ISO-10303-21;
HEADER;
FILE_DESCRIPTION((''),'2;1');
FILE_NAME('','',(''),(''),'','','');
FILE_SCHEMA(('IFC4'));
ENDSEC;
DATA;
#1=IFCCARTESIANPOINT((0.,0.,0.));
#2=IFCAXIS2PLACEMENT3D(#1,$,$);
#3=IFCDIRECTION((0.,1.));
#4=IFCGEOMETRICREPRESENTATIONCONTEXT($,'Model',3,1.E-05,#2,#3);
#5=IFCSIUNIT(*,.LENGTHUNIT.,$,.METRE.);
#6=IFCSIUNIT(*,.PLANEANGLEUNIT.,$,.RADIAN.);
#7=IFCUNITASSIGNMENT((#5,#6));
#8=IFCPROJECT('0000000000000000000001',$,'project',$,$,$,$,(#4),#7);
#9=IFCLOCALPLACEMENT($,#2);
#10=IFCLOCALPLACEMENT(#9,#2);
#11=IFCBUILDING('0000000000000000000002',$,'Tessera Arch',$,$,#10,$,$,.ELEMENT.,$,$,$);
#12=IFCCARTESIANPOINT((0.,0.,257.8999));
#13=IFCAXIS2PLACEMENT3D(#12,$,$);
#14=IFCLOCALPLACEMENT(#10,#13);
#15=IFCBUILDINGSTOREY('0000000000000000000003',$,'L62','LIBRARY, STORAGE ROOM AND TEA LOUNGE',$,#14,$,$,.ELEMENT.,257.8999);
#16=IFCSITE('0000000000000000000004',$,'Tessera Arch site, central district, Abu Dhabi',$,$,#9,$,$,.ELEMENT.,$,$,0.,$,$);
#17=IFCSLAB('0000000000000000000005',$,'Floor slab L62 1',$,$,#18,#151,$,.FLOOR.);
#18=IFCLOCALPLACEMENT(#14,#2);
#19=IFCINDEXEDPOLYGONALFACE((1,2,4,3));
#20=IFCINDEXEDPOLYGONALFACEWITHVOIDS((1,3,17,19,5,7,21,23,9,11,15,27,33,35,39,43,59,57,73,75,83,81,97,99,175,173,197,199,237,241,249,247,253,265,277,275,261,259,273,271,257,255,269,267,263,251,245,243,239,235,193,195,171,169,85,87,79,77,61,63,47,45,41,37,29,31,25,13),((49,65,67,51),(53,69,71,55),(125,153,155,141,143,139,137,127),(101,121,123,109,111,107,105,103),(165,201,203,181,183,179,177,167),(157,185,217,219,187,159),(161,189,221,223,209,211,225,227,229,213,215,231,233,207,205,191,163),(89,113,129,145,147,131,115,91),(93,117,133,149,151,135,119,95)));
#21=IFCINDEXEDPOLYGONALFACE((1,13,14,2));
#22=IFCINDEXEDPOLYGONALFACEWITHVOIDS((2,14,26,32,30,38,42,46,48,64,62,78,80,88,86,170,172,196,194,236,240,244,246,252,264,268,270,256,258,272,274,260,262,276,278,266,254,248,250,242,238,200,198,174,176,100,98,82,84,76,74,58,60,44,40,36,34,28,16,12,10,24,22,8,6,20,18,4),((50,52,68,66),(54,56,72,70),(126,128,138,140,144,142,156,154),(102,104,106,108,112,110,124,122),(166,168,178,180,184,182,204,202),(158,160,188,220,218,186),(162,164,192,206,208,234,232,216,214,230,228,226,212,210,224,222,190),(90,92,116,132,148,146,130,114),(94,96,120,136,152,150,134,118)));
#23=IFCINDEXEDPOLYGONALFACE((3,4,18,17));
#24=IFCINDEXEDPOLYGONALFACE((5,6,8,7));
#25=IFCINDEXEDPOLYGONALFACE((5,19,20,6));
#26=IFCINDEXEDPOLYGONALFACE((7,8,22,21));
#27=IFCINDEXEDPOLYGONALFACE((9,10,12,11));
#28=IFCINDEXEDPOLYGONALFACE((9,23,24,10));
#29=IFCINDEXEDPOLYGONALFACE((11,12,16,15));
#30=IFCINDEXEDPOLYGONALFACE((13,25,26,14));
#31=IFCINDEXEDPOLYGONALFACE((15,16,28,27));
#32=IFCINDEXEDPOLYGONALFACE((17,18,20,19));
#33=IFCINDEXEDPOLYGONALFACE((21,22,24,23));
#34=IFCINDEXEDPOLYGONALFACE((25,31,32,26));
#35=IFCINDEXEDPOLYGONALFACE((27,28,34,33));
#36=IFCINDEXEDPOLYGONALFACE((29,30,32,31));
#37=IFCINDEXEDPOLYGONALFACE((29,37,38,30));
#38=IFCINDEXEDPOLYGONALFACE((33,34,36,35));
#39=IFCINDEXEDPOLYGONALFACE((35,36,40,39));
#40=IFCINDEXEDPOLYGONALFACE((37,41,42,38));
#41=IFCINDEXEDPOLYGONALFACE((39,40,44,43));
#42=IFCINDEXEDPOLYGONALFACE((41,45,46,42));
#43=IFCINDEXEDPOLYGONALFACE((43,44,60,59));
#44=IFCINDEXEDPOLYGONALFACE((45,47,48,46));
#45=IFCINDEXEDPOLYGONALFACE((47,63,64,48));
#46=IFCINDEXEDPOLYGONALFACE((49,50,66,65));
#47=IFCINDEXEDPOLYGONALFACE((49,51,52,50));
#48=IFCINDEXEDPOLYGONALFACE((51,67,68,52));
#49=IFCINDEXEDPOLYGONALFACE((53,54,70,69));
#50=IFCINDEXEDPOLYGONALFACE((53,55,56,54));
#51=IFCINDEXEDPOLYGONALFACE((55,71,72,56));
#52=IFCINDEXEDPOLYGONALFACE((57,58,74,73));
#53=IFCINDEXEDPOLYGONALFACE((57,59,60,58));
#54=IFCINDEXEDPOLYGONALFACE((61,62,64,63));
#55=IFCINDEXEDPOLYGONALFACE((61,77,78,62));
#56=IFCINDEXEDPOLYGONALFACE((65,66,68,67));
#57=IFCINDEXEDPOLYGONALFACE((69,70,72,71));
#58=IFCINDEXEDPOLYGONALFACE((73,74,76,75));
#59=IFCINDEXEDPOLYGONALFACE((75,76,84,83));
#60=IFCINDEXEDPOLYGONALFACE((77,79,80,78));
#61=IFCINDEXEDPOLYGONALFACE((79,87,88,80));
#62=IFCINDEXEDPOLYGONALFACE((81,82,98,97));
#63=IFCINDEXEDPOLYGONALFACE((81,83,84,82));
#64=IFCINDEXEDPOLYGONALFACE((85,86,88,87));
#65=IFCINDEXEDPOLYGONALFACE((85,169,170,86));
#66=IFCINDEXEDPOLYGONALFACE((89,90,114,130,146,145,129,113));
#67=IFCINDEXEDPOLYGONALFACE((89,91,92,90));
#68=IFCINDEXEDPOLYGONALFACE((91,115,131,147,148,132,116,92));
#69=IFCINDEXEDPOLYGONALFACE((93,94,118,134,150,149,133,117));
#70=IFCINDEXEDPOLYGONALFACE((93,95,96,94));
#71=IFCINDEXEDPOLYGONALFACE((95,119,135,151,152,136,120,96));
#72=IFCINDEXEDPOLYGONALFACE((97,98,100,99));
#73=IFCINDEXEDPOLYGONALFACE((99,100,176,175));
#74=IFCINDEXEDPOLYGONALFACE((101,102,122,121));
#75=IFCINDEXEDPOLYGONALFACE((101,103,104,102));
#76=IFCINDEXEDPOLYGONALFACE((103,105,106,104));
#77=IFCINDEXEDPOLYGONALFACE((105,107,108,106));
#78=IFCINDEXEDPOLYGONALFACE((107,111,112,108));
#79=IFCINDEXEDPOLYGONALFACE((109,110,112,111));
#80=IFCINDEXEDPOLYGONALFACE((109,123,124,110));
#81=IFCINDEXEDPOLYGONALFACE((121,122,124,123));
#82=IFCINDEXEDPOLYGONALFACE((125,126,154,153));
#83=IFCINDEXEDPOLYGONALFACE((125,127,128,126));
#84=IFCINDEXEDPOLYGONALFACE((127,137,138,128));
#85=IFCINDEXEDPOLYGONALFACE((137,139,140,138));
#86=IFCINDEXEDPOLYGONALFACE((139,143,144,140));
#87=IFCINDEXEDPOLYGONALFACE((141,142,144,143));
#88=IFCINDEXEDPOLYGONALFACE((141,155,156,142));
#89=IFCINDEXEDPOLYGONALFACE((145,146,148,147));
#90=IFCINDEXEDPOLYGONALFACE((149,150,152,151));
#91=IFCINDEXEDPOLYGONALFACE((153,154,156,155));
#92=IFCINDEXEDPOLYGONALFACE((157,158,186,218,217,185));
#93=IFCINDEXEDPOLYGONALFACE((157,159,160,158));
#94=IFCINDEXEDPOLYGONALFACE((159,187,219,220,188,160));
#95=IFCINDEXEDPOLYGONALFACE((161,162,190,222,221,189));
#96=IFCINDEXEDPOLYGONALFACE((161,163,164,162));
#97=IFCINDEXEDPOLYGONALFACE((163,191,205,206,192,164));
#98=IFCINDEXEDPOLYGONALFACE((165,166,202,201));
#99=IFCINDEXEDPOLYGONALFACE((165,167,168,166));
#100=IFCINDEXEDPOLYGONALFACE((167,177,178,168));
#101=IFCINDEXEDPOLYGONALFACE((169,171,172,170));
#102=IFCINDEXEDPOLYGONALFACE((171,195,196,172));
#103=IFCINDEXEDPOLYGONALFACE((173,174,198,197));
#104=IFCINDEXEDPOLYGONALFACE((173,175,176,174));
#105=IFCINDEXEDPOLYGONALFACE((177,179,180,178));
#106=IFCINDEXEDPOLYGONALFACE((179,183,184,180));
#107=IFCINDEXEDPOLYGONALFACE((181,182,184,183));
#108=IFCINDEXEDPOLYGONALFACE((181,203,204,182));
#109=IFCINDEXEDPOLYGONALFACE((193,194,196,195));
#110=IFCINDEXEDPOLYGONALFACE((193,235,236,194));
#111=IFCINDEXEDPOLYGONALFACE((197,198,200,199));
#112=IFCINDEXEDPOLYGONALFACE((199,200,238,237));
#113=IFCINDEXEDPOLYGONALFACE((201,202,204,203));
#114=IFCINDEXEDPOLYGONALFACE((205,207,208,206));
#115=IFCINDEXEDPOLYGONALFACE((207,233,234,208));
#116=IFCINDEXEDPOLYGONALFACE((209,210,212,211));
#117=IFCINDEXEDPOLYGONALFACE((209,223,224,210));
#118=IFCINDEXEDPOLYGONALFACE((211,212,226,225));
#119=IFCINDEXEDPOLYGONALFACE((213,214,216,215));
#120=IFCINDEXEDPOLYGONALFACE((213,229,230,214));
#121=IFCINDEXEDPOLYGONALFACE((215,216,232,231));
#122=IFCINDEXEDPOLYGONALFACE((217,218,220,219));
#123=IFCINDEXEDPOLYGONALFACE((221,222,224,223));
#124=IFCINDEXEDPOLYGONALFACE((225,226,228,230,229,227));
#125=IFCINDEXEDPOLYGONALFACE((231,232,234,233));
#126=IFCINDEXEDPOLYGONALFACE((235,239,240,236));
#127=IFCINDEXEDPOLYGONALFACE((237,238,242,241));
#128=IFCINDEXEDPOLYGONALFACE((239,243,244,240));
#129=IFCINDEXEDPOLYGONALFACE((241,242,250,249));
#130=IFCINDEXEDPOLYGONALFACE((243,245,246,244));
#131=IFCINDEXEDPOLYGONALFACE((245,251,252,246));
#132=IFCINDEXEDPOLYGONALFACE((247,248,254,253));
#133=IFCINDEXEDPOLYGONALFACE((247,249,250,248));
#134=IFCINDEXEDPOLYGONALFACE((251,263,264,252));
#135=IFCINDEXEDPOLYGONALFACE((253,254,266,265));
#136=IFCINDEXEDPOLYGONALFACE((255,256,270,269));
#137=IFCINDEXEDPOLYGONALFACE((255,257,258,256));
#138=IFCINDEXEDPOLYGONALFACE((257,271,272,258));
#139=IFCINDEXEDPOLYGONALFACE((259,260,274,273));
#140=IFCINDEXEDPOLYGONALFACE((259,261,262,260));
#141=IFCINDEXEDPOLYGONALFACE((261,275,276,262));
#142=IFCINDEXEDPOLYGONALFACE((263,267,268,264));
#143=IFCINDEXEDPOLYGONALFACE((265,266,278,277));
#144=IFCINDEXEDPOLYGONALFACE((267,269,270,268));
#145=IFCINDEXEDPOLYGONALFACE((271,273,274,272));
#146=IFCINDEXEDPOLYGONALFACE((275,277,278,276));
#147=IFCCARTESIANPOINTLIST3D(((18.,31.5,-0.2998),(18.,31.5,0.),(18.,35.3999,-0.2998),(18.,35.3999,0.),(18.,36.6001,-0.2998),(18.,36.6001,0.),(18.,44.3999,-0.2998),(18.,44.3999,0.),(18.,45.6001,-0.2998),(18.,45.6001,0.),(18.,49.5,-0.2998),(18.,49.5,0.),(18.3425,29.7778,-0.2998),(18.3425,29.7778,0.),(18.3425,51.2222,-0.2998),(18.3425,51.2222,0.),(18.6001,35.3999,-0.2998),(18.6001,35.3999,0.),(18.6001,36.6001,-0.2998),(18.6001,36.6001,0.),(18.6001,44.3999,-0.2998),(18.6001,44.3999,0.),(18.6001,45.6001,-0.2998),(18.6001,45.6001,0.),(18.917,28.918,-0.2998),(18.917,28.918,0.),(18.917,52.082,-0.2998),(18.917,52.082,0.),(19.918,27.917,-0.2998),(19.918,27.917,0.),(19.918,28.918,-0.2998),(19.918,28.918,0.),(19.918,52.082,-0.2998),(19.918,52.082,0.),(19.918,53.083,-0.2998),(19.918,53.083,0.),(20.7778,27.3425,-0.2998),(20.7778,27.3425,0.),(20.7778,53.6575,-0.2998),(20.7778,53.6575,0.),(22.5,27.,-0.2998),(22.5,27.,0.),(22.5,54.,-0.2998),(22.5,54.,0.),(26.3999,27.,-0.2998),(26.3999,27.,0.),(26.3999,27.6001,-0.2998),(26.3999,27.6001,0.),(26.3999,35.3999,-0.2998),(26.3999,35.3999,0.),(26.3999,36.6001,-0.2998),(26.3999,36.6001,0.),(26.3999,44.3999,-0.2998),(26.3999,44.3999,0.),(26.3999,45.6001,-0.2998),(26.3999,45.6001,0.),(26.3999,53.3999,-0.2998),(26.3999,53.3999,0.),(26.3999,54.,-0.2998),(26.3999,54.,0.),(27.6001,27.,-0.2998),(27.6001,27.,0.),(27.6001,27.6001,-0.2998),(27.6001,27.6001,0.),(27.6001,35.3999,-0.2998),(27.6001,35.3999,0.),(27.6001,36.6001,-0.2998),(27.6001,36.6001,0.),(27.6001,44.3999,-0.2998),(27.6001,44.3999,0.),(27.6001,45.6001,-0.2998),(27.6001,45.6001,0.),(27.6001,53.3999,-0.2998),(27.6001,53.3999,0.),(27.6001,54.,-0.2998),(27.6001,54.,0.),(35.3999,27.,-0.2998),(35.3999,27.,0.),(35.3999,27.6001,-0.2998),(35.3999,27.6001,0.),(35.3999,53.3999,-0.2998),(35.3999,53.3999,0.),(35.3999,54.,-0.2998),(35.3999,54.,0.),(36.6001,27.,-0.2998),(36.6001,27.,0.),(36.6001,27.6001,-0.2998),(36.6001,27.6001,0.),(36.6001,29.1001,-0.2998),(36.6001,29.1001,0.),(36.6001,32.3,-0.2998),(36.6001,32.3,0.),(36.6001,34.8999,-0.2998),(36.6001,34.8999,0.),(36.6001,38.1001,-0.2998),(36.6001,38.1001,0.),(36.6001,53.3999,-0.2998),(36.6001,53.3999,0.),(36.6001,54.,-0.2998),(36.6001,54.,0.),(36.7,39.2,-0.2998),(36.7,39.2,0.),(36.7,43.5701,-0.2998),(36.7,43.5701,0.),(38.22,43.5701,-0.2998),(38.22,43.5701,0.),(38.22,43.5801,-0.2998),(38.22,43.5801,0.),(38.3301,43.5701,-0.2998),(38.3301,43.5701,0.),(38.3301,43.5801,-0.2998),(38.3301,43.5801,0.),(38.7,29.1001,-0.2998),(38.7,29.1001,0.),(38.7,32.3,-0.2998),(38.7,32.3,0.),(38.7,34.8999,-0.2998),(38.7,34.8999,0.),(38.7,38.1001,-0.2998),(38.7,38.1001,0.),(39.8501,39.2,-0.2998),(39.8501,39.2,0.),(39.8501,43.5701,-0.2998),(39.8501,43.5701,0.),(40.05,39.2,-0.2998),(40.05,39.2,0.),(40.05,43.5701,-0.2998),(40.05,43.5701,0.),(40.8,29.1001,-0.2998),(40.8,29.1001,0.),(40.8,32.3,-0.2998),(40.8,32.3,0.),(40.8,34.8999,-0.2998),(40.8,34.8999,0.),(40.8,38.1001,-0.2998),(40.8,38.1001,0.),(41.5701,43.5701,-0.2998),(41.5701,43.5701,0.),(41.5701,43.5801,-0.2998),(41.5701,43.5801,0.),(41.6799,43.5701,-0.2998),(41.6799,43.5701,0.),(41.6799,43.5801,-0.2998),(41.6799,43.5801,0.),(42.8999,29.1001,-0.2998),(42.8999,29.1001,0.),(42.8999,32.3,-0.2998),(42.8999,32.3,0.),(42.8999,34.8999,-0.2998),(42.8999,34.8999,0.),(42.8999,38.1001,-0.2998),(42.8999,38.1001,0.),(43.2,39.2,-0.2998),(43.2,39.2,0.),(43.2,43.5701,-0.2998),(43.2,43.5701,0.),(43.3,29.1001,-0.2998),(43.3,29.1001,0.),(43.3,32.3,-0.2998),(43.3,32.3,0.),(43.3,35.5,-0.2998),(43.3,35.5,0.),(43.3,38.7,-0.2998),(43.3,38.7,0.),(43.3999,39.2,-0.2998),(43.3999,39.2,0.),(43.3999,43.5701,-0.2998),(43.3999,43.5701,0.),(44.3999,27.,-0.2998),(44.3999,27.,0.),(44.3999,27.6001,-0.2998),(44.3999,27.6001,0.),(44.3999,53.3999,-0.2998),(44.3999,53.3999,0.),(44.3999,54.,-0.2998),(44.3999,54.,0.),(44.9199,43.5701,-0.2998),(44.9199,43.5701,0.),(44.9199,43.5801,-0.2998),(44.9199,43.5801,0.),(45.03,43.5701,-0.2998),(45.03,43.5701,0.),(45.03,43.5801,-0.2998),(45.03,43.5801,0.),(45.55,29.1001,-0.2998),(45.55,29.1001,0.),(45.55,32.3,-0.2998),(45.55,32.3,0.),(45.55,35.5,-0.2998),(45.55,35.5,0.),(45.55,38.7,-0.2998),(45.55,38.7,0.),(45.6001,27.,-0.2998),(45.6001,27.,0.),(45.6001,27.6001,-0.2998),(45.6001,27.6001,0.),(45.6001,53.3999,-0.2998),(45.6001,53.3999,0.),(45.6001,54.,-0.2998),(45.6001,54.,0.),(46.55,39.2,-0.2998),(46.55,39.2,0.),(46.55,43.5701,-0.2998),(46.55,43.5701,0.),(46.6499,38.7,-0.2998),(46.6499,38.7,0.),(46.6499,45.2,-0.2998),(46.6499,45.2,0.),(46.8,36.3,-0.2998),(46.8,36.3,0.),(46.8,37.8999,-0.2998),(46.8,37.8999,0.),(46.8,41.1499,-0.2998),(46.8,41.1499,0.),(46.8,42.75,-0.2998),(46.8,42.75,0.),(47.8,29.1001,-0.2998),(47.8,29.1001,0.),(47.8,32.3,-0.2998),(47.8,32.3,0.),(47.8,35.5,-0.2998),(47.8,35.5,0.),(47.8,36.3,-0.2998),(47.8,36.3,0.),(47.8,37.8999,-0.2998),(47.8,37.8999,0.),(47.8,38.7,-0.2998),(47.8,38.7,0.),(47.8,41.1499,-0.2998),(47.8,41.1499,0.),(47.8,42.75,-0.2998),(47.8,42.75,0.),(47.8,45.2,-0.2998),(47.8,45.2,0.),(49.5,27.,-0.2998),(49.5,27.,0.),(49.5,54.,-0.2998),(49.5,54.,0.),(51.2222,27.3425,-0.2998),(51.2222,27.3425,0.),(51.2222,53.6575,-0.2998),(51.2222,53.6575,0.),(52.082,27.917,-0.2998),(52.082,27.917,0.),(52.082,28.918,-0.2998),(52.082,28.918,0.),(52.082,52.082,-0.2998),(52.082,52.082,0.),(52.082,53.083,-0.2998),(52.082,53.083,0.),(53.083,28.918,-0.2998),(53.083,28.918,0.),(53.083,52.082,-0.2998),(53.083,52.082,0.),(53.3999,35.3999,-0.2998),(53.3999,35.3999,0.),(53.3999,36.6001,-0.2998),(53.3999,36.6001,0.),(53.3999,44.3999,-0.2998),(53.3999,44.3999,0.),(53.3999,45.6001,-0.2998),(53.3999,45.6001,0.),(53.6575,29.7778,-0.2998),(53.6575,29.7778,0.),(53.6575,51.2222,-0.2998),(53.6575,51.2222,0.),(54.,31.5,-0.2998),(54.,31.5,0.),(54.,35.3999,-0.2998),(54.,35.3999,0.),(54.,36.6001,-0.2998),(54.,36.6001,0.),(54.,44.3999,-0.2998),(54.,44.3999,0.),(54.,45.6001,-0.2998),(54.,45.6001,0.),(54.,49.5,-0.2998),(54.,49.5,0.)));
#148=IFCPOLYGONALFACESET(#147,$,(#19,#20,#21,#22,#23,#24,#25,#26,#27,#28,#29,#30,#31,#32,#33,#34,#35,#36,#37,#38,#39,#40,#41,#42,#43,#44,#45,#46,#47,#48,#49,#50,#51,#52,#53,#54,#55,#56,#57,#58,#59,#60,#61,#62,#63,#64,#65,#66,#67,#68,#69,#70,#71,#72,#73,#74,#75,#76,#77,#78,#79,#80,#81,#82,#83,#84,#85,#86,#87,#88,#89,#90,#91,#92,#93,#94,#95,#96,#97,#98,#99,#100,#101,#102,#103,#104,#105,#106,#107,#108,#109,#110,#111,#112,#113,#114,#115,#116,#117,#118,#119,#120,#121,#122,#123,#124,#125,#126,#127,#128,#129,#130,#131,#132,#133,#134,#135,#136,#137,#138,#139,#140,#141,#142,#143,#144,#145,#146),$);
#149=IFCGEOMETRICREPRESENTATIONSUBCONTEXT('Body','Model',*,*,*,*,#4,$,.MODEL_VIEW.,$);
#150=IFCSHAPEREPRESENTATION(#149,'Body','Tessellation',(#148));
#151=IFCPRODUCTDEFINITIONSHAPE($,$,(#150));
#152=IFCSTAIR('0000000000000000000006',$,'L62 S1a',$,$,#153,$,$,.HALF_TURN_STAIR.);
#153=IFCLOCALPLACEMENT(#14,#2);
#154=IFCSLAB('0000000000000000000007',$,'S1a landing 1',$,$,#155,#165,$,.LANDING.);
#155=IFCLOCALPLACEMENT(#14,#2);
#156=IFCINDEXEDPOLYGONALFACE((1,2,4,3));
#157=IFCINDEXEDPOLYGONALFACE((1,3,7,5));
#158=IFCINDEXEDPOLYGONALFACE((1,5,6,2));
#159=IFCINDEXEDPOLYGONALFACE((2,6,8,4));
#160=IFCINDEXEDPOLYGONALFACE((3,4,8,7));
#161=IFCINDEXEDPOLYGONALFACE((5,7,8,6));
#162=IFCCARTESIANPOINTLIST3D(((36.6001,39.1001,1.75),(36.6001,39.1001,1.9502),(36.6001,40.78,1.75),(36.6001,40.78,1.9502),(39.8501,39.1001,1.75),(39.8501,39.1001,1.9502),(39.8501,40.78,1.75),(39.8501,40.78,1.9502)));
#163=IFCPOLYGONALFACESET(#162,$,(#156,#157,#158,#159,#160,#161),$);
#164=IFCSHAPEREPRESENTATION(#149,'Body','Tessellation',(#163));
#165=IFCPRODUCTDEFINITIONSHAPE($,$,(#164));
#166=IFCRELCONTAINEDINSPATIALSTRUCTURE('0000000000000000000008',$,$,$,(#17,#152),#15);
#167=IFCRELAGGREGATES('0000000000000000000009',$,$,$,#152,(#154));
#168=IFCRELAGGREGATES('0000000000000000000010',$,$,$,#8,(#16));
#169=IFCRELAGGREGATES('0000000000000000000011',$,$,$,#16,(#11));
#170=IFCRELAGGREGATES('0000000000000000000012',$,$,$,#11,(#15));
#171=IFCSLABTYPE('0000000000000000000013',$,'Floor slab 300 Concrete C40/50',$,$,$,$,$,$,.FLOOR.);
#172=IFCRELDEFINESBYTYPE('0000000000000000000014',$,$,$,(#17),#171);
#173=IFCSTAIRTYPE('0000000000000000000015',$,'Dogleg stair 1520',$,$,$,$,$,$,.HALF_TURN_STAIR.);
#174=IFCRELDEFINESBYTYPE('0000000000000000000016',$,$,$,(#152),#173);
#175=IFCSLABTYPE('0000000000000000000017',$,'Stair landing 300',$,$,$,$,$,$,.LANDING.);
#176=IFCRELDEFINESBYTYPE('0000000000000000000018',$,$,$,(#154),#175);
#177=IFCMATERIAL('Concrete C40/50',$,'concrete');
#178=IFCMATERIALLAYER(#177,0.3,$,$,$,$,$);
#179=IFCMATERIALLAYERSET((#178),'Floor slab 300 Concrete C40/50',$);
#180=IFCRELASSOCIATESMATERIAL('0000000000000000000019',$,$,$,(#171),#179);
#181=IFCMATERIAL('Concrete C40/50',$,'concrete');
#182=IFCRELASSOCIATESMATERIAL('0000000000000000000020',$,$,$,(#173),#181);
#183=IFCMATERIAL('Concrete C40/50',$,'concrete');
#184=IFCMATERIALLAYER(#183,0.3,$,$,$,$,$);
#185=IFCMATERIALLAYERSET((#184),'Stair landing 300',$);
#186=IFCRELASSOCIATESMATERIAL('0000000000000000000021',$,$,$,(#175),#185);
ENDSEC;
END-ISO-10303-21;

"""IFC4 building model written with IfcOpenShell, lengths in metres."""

from ifc_helpers import new_model, si_unit, direction, frame, origin, place, context, subcontext, project, spatial, polyline, outline, extrude, material, layer, layer_set, type_object, element, aggregate, save


model = new_model("IFC4")

# Units and contexts
model_context = context("Model", 3, precision=1e-05, world=origin(), true_north=direction((0.0, 1.0)))
body_context = subcontext(model_context, "Body", "Model", "MODEL_VIEW")
ifc_project = project(units=[si_unit("LENGTHUNIT", "METRE"), si_unit("PLANEANGLEUNIT", "RADIAN")], contexts=[model_context])

# Site, building, storey
site_placement = place(None, origin())
site = spatial("IfcSite", under=ifc_project, at=site_placement, Name="Tessera Arch site, central district, Abu Dhabi", CompositionType="ELEMENT", RefElevation=0.0)
building_placement = place(site_placement, origin())
building = spatial("IfcBuilding", under=site, at=building_placement, Name="Tessera Arch", CompositionType="ELEMENT")
storey_placement = place(building_placement, frame((0.0, 0.0, 257.8999)))
storey = spatial("IfcBuildingStorey", under=building, at=storey_placement, Name="L62", Description="LIBRARY, STORAGE ROOM AND TEA LOUNGE", CompositionType="ELEMENT", Elevation=257.8999)

# Slab
ifc_material_1 = material(Name="Concrete C40/50", Category="concrete")
ifc_layer_1 = layer(ifc_material_1, 0.3)
ifc_layer_set_1 = layer_set([ifc_layer_1], Name="Floor slab 300 Concrete C40/50")
slab_type_1 = type_object("IfcSlabType", Name="Floor slab 300 Concrete C40/50", PredefinedType="FLOOR", material=ifc_layer_set_1)
slab_1_placement = place(storey_placement, frame((0.0, 0.0, -0.2998)))
element("IfcSlab", 1, at=slab_1_placement, inside=storey, type_object=slab_type_1, Name="Floor slab L62 1", PredefinedType="FLOOR", context=body_context, shape_type="SweptSolid", body=[
    extrude(outline(polyline([(54.0, 31.5), (53.6575, 29.7778), (53.083, 28.918), (52.082, 28.918), (52.082, 27.917), (51.2222, 27.3425), (49.5, 27.0), (45.6001, 27.0), (45.6001, 27.6001), (44.3999, 27.6001), (44.3999, 27.0), (36.6001, 27.0), (36.6001, 27.6001), (35.3999, 27.6001), (35.3999, 27.0), (27.6001, 27.0), (27.6001, 27.6001), (26.3999, 27.6001), (26.3999, 27.0), (22.5, 27.0), (20.7778, 27.3425), (19.918, 27.917), (19.918, 28.918), (18.917, 28.918), (18.3425, 29.7778), (18.0, 31.5), (18.0, 35.3999), (18.6001, 35.3999), (18.6001, 36.6001), (18.0, 36.6001), (18.0, 44.3999), (18.6001, 44.3999), (18.6001, 45.6001), (18.0, 45.6001), (18.0, 49.5), (18.3425, 51.2222), (18.917, 52.082), (19.918, 52.082), (19.918, 53.083), (20.7778, 53.6575), (22.5, 54.0), (26.3999, 54.0), (26.3999, 53.3999), (27.6001, 53.3999), (27.6001, 54.0), (35.3999, 54.0), (35.3999, 53.3999), (36.6001, 53.3999), (36.6001, 54.0), (44.3999, 54.0), (44.3999, 53.3999), (45.6001, 53.3999), (45.6001, 54.0), (49.5, 54.0), (51.2222, 53.6575), (52.082, 53.083), (52.082, 52.082), (53.083, 52.082), (53.6575, 51.2222), (54.0, 49.5), (54.0, 45.6001), (53.3999, 45.6001), (53.3999, 44.3999), (54.0, 44.3999), (54.0, 36.6001), (53.3999, 36.6001), (53.3999, 35.3999), (54.0, 35.3999), (54.0, 31.5)]), holes=[polyline([(40.8, 29.1001), (42.8999, 29.1001), (42.8999, 32.3), (40.8, 32.3), (38.7, 32.3), (36.6001, 32.3), (36.6001, 29.1001), (38.7, 29.1001), (40.8, 29.1001)]), polyline([(27.6001, 35.3999), (27.6001, 36.6001), (26.3999, 36.6001), (26.3999, 35.3999), (27.6001, 35.3999)]), polyline([(40.8, 34.8999), (42.8999, 34.8999), (42.8999, 38.1001), (40.8, 38.1001), (38.7, 38.1001), (36.6001, 38.1001), (36.6001, 34.8999), (38.7, 34.8999), (40.8, 34.8999)]), polyline([(38.22, 43.5801), (38.22, 43.5701), (36.7, 43.5701), (36.7, 39.2), (39.8501, 39.2), (39.8501, 43.5701), (38.3301, 43.5701), (38.3301, 43.5801), (38.22, 43.5801)]), polyline([(27.6001, 44.3999), (27.6001, 45.6001), (26.3999, 45.6001), (26.3999, 44.3999), (27.6001, 44.3999)]), polyline([(47.8, 32.3), (45.55, 32.3), (43.3, 32.3), (43.3, 29.1001), (45.55, 29.1001), (47.8, 29.1001), (47.8, 32.3)]), polyline([(46.6499, 38.7), (45.55, 38.7), (43.3, 38.7), (43.3, 35.5), (45.55, 35.5), (47.8, 35.5), (47.8, 36.3), (46.8, 36.3), (46.8, 37.8999), (47.8, 37.8999), (47.8, 38.7), (47.8, 41.1499), (46.8, 41.1499), (46.8, 42.75), (47.8, 42.75), (47.8, 45.2), (46.6499, 45.2), (46.6499, 38.7)]), polyline([(41.5701, 43.5801), (41.5701, 43.5701), (40.05, 43.5701), (40.05, 39.2), (43.2, 39.2), (43.2, 43.5701), (41.6799, 43.5701), (41.6799, 43.5801), (41.5701, 43.5801)]), polyline([(44.9199, 43.5801), (44.9199, 43.5701), (43.3999, 43.5701), (43.3999, 39.2), (46.55, 39.2), (46.55, 43.5701), (45.03, 43.5701), (45.03, 43.5801), (44.9199, 43.5801)])]), origin(), (0.0, 0.0, 1.0), 0.2998),
])

# Stair, slab
ifc_material_2 = material(Name="Concrete C40/50", Category="concrete")
stair_type = type_object("IfcStairType", Name="Dogleg stair 1520", PredefinedType="HALF_TURN_STAIR", material=ifc_material_2)
stair_1_placement = place(storey_placement, origin())
stair_1 = element("IfcStair", 2, at=stair_1_placement, inside=storey, type_object=stair_type, Name="L62 S1a", PredefinedType="HALF_TURN_STAIR")
ifc_material_3 = material(Name="Concrete C40/50", Category="concrete")
ifc_layer_2 = layer(ifc_material_3, 0.3)
ifc_layer_set_2 = layer_set([ifc_layer_2], Name="Stair landing 300")
slab_type_2 = type_object("IfcSlabType", Name="Stair landing 300", PredefinedType="LANDING", material=ifc_layer_set_2)
slab_2_placement = place(storey_placement, frame((0.0, 0.0, 1.75)))
slab_2 = element("IfcSlab", 3, at=slab_2_placement, type_object=slab_type_2, Name="S1a landing 1", PredefinedType="LANDING", context=body_context, shape_type="SweptSolid", body=[
    extrude(outline(polyline([(36.6001, 40.78), (36.6001, 39.1001), (39.8501, 39.1001), (39.8501, 40.78), (36.6001, 40.78)])), origin(), (0.0, 0.0, 1.0), 0.2002),
])
aggregate(stair_1, [slab_2])

save(model, "model.ifc")
